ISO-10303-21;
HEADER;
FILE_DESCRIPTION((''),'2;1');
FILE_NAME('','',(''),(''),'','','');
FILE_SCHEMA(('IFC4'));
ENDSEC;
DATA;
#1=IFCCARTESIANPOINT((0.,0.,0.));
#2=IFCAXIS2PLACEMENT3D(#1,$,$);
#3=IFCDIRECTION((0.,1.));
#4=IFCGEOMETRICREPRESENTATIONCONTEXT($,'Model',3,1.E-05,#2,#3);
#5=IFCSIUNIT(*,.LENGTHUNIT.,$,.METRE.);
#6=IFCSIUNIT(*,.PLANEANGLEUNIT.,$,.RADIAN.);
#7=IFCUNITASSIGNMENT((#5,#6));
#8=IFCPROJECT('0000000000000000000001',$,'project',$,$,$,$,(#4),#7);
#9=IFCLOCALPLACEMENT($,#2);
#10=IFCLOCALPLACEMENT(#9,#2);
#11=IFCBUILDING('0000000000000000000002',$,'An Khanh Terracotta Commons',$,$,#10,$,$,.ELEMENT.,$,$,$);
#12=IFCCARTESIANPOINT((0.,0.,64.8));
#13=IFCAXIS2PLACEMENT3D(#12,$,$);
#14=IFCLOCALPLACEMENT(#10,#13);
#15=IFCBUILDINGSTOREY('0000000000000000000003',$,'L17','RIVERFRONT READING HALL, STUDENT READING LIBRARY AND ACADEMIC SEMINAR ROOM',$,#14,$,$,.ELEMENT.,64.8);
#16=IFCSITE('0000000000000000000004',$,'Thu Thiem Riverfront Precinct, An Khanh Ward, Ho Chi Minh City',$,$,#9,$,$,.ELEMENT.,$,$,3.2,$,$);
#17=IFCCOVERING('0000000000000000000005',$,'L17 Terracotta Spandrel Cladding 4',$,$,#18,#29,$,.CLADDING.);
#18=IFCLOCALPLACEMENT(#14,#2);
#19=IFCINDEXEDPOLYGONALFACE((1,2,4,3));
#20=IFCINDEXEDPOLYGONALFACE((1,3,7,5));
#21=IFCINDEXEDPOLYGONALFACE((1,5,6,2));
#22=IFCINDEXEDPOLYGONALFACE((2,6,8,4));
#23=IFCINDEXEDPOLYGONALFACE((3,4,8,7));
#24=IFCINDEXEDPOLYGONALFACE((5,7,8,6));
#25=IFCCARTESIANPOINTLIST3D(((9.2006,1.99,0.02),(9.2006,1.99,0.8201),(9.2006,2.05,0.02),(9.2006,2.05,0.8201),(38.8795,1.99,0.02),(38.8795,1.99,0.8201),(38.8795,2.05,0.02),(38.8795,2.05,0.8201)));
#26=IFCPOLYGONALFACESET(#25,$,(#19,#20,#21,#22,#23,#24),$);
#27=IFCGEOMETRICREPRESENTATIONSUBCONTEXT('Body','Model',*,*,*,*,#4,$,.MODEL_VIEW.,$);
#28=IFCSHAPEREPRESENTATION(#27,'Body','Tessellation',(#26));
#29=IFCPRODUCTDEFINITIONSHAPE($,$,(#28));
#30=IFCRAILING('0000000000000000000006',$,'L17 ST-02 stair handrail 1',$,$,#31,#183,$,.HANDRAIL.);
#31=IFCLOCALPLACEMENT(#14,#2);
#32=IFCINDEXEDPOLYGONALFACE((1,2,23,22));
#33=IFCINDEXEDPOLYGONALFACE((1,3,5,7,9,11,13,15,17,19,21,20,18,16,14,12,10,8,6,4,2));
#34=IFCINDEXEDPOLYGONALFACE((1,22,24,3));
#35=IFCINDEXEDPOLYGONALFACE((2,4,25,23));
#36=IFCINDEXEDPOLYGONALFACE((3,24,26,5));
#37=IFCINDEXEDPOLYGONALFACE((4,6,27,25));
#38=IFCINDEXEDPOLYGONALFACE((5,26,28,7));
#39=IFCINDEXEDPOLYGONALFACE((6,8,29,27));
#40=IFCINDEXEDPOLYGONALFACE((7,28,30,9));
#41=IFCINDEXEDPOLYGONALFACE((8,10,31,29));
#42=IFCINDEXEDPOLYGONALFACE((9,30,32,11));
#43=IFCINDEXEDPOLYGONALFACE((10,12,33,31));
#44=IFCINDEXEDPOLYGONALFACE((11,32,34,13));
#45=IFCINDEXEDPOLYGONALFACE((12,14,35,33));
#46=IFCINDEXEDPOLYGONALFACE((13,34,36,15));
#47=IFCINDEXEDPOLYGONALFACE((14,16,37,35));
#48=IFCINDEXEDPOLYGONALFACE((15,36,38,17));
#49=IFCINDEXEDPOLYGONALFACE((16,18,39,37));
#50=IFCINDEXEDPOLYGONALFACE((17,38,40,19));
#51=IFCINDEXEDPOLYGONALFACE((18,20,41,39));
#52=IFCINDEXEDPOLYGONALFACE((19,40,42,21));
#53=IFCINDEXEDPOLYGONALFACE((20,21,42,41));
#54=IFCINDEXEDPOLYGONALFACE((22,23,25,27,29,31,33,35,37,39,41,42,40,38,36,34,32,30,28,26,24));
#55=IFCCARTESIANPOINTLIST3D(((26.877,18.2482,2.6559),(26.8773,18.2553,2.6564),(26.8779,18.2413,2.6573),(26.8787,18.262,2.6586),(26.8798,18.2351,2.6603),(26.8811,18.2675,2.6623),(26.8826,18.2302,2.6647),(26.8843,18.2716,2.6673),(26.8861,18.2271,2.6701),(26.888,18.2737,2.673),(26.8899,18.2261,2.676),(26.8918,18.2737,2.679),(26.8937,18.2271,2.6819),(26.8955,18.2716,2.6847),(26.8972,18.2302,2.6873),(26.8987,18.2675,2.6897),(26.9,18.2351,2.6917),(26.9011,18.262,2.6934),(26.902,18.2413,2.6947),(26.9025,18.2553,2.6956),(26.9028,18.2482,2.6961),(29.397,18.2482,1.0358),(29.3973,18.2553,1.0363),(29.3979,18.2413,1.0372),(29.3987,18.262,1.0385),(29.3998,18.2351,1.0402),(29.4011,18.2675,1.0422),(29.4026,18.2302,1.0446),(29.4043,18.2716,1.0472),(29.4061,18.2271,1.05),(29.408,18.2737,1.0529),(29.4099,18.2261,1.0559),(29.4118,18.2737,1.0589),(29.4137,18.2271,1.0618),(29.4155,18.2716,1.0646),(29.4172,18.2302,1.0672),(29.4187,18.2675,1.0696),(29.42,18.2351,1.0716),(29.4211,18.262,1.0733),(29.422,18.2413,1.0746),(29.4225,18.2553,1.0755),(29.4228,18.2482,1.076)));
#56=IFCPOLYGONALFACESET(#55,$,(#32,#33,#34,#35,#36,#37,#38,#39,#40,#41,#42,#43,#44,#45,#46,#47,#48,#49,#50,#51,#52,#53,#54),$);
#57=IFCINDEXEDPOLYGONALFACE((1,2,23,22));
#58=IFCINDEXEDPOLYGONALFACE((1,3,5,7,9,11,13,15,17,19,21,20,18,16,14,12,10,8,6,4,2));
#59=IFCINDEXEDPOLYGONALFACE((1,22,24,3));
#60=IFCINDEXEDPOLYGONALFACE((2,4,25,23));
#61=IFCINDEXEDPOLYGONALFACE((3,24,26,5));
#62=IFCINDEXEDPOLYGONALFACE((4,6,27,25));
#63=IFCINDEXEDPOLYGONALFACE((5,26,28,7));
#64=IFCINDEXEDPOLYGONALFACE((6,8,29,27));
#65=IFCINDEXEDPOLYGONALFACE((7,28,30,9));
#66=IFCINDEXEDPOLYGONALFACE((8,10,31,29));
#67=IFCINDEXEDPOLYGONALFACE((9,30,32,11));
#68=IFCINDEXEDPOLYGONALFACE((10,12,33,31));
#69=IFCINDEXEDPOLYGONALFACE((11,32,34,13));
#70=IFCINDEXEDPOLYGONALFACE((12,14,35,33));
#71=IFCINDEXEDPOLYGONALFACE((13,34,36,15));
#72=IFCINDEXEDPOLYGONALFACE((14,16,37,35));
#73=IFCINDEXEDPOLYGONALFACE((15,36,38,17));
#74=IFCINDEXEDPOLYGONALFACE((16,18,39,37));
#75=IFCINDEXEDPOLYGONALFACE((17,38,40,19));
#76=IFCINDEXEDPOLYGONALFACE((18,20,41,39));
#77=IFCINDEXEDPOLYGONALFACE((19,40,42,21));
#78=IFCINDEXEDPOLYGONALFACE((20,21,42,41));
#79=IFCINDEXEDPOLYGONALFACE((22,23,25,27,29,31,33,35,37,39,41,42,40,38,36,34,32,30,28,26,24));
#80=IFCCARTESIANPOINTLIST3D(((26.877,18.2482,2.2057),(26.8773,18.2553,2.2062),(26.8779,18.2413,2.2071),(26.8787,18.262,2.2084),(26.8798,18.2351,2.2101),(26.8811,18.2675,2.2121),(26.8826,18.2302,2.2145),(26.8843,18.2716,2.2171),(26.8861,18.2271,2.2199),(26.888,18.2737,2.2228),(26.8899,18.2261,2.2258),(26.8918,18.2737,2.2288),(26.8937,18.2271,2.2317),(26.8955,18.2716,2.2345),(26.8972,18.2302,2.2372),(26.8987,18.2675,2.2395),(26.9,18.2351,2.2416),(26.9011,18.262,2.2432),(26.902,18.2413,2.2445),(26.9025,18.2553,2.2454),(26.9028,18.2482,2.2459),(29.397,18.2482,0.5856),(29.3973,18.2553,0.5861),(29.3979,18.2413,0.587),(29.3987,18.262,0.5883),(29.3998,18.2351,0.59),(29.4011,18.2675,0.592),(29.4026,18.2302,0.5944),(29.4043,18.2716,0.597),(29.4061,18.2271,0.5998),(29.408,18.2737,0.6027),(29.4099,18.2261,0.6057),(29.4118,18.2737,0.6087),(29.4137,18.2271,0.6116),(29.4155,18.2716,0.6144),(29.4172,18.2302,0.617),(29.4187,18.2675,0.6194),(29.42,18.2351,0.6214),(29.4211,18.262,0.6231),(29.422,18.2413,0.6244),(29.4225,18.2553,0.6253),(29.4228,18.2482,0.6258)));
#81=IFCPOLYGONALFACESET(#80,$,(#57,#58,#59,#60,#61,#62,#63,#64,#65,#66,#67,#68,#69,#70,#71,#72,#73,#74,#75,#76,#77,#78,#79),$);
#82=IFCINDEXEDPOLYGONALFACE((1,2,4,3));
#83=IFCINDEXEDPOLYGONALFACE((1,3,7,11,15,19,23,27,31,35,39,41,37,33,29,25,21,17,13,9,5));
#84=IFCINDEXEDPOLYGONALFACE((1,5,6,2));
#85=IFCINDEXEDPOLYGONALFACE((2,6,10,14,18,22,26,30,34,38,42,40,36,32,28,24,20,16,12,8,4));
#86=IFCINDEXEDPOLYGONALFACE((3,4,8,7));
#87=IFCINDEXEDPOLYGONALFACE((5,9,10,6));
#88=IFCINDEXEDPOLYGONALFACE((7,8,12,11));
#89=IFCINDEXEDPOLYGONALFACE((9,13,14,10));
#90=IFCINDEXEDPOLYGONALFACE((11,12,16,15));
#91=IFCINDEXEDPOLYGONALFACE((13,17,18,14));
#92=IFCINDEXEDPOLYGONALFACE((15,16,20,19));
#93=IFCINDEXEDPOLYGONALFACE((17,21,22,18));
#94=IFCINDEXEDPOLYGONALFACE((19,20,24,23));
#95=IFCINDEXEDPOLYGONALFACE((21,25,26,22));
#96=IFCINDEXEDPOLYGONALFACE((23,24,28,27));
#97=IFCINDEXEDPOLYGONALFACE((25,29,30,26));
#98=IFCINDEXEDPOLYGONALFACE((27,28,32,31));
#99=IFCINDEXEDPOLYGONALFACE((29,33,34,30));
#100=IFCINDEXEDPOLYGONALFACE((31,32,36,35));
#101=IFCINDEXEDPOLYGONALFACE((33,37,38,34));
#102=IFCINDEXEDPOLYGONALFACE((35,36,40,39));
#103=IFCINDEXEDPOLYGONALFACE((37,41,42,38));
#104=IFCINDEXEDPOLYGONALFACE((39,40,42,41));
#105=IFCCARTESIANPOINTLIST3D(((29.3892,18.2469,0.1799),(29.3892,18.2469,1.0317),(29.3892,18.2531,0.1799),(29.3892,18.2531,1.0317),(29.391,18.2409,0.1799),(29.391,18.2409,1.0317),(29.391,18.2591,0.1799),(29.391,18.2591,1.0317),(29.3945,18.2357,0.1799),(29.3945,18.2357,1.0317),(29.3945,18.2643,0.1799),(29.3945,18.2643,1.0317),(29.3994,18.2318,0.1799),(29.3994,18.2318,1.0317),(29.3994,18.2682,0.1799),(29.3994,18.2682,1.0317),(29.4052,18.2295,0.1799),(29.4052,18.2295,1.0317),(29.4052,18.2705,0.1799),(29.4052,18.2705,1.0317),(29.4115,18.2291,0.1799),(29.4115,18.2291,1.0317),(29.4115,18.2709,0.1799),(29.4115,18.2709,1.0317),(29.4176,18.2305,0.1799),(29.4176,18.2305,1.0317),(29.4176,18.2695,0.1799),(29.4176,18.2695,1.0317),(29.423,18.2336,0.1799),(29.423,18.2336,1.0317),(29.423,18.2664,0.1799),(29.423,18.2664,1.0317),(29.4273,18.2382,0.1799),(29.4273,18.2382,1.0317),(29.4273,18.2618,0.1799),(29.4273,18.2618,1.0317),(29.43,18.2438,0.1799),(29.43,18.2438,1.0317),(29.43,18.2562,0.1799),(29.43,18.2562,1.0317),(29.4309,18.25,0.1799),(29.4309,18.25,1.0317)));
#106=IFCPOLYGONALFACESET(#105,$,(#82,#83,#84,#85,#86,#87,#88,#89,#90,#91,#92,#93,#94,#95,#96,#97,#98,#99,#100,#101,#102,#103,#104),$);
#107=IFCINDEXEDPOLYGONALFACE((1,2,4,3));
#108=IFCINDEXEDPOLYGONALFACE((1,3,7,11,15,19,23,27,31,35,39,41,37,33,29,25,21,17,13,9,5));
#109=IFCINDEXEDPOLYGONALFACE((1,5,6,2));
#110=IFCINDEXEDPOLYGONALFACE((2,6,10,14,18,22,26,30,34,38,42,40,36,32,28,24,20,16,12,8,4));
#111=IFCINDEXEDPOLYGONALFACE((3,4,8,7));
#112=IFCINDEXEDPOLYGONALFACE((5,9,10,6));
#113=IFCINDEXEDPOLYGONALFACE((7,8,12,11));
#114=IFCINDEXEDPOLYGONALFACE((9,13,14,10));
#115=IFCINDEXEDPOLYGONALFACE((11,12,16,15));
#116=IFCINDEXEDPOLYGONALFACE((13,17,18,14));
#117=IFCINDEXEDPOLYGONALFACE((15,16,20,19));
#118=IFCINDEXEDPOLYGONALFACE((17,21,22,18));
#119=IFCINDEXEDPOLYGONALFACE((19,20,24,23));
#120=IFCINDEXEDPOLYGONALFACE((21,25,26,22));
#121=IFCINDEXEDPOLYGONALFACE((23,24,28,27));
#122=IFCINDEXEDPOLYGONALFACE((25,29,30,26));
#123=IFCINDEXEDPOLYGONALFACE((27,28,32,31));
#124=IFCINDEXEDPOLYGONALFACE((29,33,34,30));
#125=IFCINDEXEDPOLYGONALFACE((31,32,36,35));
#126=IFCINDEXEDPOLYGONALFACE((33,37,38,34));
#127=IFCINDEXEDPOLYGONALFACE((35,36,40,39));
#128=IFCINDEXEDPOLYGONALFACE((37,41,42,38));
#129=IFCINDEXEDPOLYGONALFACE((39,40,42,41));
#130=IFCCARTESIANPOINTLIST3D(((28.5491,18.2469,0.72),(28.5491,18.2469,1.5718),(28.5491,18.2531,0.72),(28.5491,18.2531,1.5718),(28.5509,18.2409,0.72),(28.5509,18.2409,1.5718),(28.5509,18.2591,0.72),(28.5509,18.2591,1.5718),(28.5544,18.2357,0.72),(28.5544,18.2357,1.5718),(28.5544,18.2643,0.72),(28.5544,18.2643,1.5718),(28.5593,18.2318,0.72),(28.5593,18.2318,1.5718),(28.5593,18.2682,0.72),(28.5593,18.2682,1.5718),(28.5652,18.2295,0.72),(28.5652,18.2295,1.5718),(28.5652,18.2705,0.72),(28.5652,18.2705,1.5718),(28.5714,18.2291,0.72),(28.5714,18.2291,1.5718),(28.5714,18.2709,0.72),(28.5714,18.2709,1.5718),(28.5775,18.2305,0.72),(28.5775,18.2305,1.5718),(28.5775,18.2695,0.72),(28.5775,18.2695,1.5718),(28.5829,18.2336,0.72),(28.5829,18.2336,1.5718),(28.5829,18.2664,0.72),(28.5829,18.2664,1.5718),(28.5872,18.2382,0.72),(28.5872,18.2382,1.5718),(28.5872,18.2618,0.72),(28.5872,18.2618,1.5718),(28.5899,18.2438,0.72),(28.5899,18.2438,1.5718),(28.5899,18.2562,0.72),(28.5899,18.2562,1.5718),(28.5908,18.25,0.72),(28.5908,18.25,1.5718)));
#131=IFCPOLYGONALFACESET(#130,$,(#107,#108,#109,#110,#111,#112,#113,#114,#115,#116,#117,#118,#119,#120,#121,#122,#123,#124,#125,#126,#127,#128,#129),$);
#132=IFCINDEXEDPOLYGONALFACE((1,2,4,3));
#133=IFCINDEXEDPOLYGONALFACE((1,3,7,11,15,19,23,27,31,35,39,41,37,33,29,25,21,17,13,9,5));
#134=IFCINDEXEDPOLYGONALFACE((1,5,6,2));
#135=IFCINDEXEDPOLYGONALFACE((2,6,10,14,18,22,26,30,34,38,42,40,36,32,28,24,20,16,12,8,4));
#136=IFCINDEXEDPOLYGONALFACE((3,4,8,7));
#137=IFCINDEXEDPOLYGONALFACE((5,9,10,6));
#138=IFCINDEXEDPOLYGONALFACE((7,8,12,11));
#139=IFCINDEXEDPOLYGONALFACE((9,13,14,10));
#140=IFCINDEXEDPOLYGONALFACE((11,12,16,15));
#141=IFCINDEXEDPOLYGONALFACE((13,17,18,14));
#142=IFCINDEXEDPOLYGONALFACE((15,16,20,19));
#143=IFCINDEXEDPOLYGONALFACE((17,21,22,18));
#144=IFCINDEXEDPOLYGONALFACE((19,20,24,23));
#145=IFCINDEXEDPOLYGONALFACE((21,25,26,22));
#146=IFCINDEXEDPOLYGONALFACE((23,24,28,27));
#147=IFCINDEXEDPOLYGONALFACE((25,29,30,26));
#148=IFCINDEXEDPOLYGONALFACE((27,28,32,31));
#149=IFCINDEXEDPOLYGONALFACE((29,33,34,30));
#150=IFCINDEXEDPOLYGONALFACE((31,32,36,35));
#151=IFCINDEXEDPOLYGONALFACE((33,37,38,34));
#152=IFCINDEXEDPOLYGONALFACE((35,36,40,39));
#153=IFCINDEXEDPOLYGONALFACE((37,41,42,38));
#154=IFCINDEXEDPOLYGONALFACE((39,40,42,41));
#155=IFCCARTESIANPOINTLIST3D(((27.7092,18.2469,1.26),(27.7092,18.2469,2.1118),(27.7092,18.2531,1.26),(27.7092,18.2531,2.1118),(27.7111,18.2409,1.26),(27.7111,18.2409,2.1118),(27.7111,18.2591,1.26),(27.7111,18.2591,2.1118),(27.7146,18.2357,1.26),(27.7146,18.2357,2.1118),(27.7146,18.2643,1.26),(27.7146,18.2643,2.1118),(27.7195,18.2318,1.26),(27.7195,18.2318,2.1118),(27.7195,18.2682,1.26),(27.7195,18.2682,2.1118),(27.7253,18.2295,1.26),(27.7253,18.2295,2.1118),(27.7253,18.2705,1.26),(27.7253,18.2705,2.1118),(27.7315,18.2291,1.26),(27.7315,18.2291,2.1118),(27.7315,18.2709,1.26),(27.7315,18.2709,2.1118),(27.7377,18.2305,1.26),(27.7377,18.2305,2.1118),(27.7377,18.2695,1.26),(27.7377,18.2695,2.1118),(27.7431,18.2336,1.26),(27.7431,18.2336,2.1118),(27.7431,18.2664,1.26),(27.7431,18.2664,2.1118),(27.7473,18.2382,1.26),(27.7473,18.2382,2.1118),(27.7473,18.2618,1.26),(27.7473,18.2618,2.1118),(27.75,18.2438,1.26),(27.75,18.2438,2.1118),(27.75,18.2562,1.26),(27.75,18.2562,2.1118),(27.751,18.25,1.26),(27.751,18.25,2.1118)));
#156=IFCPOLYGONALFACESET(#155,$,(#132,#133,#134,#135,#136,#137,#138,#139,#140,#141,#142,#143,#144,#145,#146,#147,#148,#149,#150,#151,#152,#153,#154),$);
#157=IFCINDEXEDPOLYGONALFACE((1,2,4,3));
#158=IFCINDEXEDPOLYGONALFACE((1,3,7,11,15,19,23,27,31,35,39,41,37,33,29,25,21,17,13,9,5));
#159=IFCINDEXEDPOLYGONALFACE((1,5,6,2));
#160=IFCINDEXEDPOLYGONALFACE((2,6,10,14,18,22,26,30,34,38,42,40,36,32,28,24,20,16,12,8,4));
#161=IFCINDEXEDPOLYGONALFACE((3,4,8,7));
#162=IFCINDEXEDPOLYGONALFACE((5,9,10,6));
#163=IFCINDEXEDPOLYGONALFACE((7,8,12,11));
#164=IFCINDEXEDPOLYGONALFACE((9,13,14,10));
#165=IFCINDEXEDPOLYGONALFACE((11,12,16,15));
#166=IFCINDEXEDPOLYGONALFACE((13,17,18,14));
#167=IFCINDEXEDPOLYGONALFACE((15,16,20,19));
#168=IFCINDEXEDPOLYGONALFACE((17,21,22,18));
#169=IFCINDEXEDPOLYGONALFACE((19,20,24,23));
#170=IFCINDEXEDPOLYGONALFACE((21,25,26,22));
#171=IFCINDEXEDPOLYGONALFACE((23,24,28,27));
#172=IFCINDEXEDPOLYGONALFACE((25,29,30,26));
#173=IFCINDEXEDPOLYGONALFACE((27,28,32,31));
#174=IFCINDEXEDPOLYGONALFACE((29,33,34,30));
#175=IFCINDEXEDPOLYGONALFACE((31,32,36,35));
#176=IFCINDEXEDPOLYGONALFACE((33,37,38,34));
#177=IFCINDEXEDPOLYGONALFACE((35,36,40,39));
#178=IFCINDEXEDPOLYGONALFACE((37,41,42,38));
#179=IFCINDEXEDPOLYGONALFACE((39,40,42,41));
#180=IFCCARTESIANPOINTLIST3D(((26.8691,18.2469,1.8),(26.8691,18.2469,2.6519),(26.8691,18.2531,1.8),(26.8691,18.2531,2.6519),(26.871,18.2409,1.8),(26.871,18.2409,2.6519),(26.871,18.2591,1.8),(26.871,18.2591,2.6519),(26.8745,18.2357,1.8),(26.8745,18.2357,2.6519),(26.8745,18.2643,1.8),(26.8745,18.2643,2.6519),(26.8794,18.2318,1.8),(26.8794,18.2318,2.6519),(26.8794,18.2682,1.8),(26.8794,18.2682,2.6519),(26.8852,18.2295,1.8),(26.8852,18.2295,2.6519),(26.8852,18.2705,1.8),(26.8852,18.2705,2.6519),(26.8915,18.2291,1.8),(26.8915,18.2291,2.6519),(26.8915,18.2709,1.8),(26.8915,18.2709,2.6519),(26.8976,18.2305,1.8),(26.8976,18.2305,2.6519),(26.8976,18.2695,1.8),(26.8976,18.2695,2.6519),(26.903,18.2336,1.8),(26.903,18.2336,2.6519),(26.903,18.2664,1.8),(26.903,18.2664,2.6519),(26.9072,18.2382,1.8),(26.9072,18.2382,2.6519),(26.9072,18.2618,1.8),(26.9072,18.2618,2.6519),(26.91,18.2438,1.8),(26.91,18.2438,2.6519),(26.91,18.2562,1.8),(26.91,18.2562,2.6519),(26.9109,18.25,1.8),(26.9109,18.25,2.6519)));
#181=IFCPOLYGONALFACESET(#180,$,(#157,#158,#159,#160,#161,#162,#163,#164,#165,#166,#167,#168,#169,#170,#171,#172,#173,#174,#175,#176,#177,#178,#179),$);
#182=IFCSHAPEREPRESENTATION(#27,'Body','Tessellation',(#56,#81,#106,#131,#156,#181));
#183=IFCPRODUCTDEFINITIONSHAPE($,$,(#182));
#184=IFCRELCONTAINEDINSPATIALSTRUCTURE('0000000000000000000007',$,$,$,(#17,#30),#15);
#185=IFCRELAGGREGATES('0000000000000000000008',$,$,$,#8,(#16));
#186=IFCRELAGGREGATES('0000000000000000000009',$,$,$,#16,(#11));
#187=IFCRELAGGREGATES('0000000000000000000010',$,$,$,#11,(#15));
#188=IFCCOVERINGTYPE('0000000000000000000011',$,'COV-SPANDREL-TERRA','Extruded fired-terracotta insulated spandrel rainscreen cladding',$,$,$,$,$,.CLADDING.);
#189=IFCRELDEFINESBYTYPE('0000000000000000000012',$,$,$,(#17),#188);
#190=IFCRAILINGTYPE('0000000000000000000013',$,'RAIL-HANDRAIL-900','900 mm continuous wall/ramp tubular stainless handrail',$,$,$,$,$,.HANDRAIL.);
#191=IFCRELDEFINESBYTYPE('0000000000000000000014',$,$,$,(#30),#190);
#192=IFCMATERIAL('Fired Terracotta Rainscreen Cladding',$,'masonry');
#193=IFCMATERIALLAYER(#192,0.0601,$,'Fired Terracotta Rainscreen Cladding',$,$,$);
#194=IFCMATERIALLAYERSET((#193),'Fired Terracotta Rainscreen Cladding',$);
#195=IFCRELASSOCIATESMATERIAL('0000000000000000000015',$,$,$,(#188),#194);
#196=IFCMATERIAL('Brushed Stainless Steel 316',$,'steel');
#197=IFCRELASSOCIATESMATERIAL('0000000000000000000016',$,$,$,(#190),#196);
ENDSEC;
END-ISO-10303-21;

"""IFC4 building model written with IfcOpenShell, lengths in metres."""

from ifc_helpers import new_model, si_unit, direction, frame, origin, origin_2d, place, context, subcontext, project, spatial, rectangle, circle, extrude, material, layer, layer_set, type_object, element, save


model = new_model("IFC4")

# Units and contexts
model_context = context("Model", 3, precision=1e-05, world=origin(), true_north=direction((0.0, 1.0)))
body_context = subcontext(model_context, "Body", "Model", "MODEL_VIEW")
ifc_project = project(units=[si_unit("LENGTHUNIT", "METRE"), si_unit("PLANEANGLEUNIT", "RADIAN")], contexts=[model_context])

# Site, building, storey
site_placement = place(None, origin())
site = spatial("IfcSite", under=ifc_project, at=site_placement, Name="Thu Thiem Riverfront Precinct, An Khanh Ward, Ho Chi Minh City", CompositionType="ELEMENT", RefElevation=3.2)
building_placement = place(site_placement, origin())
building = spatial("IfcBuilding", under=site, at=building_placement, Name="An Khanh Terracotta Commons", CompositionType="ELEMENT")
storey_placement = place(building_placement, frame((0.0, 0.0, 64.8)))
storey = spatial("IfcBuildingStorey", under=building, at=storey_placement, Name="L17", Description="RIVERFRONT READING HALL, STUDENT READING LIBRARY AND ACADEMIC SEMINAR ROOM", CompositionType="ELEMENT", Elevation=64.8)

# Covering
ifc_material_1 = material(Name="Fired Terracotta Rainscreen Cladding", Category="masonry")
ifc_layer_1 = layer(ifc_material_1, 0.0601, Name="Fired Terracotta Rainscreen Cladding")
ifc_layer_set_1 = layer_set([ifc_layer_1], Name="Fired Terracotta Rainscreen Cladding")
covering_type = type_object("IfcCoveringType", Name="COV-SPANDREL-TERRA", Description="Extruded fired-terracotta insulated spandrel rainscreen cladding", PredefinedType="CLADDING", material=ifc_layer_set_1)
covering_placement = place(storey_placement, frame((24.04, 2.02, 0.02), z_axis=(0.0, 0.0, 1.0), x_axis=(1.0, 0.0, 0.0)))
element("IfcCovering", 1, at=covering_placement, inside=storey, type_object=covering_type, Name="L17 Terracotta Spandrel Cladding 4", PredefinedType="CLADDING", context=body_context, shape_type="SweptSolid", body=[
    extrude(rectangle(XDim=29.679, YDim=0.0601, at=origin_2d()), origin(), (0.0, 0.0, 1.0), 0.8),
])

# Railing
ifc_material_2 = material(Name="Brushed Stainless Steel 316", Category="steel")
railing_type_1 = type_object("IfcRailingType", Name="RAIL-HANDRAIL-900", Description="900 mm continuous wall/ramp tubular stainless handrail", PredefinedType="HANDRAIL", material=ifc_material_2)
railing_1_placement = place(storey_placement, frame((29.4099, 18.25, 0.1799)))
element("IfcRailing", 2, at=railing_1_placement, inside=storey, type_object=railing_type_1, Name="L17 ST-02 stair handrail 1", PredefinedType="HANDRAIL", context=body_context, shape_type="SweptSolid", body=[
    extrude(circle(Radius=0.0239, at=origin_2d()), frame((0.0, 0.0, 0.876), z_axis=(-0.841163, 0.0, 0.540782), x_axis=(0.0, -1.0, 0.0)), (0.0, 0.0, 1.0), 2.9958),
    extrude(circle(Radius=0.0239, at=origin_2d()), frame((0.0, 0.0, 0.4258), z_axis=(-0.841163, 0.0, 0.540782), x_axis=(0.0, -1.0, 0.0)), (0.0, 0.0, 1.0), 2.9958),
    extrude(circle(Radius=0.021, at=origin_2d()), origin(), (0.0, 0.0, 1.0), 0.8518),
    extrude(circle(Radius=0.021, at=origin_2d()), frame((-0.8401, 0.0, 0.54)), (0.0, 0.0, 1.0), 0.8518),
    extrude(circle(Radius=0.021, at=origin_2d()), frame((-1.6799, 0.0, 1.0801)), (0.0, 0.0, 1.0), 0.8518),
    extrude(circle(Radius=0.021, at=origin_2d()), frame((-2.52, 0.0, 1.6201)), (0.0, 0.0, 1.0), 0.8518),
])

save(model, "model.ifc")
